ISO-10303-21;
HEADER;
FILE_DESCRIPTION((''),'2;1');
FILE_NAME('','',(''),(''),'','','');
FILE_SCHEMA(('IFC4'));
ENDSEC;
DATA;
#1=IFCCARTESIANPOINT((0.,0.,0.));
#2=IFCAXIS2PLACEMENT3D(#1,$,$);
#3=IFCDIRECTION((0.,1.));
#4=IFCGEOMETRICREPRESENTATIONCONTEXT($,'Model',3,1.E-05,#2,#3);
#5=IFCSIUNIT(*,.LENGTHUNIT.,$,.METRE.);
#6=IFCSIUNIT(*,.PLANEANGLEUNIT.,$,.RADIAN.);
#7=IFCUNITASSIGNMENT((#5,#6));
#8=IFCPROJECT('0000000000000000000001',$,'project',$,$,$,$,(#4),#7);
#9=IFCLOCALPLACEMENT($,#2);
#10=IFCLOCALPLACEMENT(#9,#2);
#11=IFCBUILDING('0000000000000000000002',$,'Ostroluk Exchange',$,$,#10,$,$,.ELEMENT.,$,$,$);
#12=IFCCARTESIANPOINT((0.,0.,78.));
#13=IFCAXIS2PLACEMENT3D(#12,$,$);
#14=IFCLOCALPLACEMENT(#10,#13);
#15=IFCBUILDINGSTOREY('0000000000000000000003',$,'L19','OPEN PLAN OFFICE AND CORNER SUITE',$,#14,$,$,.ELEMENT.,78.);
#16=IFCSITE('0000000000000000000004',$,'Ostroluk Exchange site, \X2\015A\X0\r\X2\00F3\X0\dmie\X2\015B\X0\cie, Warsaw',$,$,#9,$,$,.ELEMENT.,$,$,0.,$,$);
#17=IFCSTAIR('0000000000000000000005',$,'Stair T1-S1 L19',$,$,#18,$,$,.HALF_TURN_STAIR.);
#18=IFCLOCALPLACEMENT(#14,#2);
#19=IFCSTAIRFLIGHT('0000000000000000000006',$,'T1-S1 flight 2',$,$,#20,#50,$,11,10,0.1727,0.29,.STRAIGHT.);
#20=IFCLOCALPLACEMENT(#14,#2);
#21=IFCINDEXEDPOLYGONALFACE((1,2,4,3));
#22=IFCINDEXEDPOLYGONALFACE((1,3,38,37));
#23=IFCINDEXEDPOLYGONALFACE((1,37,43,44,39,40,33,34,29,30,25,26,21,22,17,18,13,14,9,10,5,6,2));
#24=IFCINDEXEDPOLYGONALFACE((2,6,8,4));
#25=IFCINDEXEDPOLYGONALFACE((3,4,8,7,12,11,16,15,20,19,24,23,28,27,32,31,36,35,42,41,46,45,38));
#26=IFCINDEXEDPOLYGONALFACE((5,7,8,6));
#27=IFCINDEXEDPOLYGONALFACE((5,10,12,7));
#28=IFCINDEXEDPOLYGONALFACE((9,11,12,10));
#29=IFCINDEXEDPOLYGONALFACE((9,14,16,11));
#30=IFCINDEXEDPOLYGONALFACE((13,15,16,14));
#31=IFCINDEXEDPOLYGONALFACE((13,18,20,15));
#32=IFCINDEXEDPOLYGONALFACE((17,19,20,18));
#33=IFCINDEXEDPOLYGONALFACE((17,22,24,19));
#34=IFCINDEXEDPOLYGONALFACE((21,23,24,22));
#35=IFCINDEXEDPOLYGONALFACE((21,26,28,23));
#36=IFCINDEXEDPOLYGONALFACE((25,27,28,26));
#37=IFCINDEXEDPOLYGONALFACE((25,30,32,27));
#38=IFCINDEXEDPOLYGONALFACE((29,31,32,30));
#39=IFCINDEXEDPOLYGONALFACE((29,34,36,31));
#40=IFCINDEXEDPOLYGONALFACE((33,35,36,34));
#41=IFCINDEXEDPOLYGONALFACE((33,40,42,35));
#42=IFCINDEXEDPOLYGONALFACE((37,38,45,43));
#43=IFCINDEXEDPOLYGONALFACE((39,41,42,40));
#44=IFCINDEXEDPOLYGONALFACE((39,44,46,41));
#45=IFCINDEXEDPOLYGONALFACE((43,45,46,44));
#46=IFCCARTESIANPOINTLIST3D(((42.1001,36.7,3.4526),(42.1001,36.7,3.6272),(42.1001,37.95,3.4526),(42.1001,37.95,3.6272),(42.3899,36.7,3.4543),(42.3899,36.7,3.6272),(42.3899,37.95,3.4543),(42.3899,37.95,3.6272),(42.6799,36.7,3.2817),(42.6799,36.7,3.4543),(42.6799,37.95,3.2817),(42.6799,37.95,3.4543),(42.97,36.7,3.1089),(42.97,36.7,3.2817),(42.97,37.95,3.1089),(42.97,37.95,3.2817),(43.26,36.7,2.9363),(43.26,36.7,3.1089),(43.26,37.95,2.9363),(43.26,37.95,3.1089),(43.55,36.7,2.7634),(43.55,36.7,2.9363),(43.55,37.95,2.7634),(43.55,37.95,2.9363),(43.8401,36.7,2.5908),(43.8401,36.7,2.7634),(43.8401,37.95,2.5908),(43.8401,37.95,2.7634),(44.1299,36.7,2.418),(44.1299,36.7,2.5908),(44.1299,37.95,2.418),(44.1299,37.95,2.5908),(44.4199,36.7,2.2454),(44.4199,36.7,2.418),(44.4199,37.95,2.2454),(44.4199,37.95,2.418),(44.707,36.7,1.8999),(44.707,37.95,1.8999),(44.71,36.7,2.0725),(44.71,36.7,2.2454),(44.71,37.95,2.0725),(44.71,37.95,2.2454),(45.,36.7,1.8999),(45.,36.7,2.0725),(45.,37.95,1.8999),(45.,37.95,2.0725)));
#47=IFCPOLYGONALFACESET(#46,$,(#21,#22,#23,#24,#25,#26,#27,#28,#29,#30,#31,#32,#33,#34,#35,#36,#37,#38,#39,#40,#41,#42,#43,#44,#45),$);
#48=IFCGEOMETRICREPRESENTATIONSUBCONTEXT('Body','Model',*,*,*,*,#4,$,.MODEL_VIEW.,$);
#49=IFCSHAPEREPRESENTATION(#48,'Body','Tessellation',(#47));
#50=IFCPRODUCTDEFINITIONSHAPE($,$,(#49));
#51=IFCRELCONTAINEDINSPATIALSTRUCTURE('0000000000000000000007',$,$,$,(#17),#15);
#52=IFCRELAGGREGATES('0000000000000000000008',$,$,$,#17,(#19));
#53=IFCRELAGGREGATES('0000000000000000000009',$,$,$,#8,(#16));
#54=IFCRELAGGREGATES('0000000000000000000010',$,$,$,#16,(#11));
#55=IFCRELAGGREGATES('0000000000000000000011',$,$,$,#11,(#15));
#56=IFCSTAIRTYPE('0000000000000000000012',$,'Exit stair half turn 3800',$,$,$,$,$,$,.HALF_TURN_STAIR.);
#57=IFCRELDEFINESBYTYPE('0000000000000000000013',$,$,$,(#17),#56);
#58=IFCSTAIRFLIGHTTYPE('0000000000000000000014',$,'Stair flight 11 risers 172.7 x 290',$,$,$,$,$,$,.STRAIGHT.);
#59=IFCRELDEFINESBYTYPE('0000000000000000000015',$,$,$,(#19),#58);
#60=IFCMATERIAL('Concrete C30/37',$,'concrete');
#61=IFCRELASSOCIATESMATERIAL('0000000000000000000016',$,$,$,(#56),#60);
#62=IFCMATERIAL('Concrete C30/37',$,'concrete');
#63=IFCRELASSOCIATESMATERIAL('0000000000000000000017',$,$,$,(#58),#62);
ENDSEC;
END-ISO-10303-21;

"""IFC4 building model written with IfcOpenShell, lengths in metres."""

from ifc_helpers import new_model, si_unit, direction, frame, origin, place, context, subcontext, project, spatial, polyline, outline, extrude, material, type_object, element, aggregate, save


model = new_model("IFC4")

# Units and contexts
model_context = context("Model", 3, precision=1e-05, world=origin(), true_north=direction((0.0, 1.0)))
body_context = subcontext(model_context, "Body", "Model", "MODEL_VIEW")
ifc_project = project(units=[si_unit("LENGTHUNIT", "METRE"), si_unit("PLANEANGLEUNIT", "RADIAN")], contexts=[model_context])

# Site, building, storey
site_placement = place(None, origin())
site = spatial("IfcSite", under=ifc_project, at=site_placement, Name="Ostroluk Exchange site, Śródmieście, Warsaw", CompositionType="ELEMENT", RefElevation=0.0)
building_placement = place(site_placement, origin())
building = spatial("IfcBuilding", under=site, at=building_placement, Name="Ostroluk Exchange", CompositionType="ELEMENT")
storey_placement = place(building_placement, frame((0.0, 0.0, 78.0)))
storey = spatial("IfcBuildingStorey", under=building, at=storey_placement, Name="L19", Description="OPEN PLAN OFFICE AND CORNER SUITE", CompositionType="ELEMENT", Elevation=78.0)

# Stair, stair flight
ifc_material_1 = material(Name="Concrete C30/37", Category="concrete")
stair_type = type_object("IfcStairType", Name="Exit stair half turn 3800", PredefinedType="HALF_TURN_STAIR", material=ifc_material_1)
stair_placement = place(storey_placement, origin())
stair = element("IfcStair", 1, at=stair_placement, inside=storey, type_object=stair_type, Name="Stair T1-S1 L19", PredefinedType="HALF_TURN_STAIR")
ifc_material_2 = material(Name="Concrete C30/37", Category="concrete")
stair_flight_type = type_object("IfcStairFlightType", Name="Stair flight 11 risers 172.7 x 290", PredefinedType="STRAIGHT", material=ifc_material_2)
stair_flight_1_placement = place(storey_placement, frame((45.0, 37.325, 1.8999), z_axis=(0.0, 0.0, 1.0), x_axis=(-1.0, 0.0, 0.0)))
stair_flight_1 = element("IfcStairFlight", 2, at=stair_flight_1_placement, type_object=stair_flight_type, Name="T1-S1 flight 2", NumberOfRisers=11, NumberOfTreads=10, PredefinedType="STRAIGHT", RiserHeight=0.1727, TreadLength=0.29, context=body_context, shape_type="SweptSolid", body=[
    extrude(outline(polyline([(0.0, 0.0), (0.0, 0.1726), (0.29, 0.1726), (0.29, 0.3455), (0.5801, 0.3455), (0.5801, 0.5181), (0.8701, 0.5181), (0.8701, 0.6909), (1.1599, 0.6909), (1.1599, 0.8635), (1.45, 0.8635), (1.45, 1.0364), (1.74, 1.0364), (1.74, 1.209), (2.03, 1.209), (2.03, 1.3818), (2.3201, 1.3818), (2.3201, 1.5544), (2.6101, 1.5544), (2.6101, 1.7273), (2.8999, 1.7273), (2.8999, 1.8999), (2.8999, 1.5527), (0.293, 0.0), (0.0, 0.0)])), frame((0.0, 0.625, 0.0), z_axis=(0.0, -1.0, 0.0), x_axis=(1.0, 0.0, 0.0)), (0.0, 0.0, 1.0), 1.25),
])
aggregate(stair, [stair_flight_1])

save(model, "model.ifc")
